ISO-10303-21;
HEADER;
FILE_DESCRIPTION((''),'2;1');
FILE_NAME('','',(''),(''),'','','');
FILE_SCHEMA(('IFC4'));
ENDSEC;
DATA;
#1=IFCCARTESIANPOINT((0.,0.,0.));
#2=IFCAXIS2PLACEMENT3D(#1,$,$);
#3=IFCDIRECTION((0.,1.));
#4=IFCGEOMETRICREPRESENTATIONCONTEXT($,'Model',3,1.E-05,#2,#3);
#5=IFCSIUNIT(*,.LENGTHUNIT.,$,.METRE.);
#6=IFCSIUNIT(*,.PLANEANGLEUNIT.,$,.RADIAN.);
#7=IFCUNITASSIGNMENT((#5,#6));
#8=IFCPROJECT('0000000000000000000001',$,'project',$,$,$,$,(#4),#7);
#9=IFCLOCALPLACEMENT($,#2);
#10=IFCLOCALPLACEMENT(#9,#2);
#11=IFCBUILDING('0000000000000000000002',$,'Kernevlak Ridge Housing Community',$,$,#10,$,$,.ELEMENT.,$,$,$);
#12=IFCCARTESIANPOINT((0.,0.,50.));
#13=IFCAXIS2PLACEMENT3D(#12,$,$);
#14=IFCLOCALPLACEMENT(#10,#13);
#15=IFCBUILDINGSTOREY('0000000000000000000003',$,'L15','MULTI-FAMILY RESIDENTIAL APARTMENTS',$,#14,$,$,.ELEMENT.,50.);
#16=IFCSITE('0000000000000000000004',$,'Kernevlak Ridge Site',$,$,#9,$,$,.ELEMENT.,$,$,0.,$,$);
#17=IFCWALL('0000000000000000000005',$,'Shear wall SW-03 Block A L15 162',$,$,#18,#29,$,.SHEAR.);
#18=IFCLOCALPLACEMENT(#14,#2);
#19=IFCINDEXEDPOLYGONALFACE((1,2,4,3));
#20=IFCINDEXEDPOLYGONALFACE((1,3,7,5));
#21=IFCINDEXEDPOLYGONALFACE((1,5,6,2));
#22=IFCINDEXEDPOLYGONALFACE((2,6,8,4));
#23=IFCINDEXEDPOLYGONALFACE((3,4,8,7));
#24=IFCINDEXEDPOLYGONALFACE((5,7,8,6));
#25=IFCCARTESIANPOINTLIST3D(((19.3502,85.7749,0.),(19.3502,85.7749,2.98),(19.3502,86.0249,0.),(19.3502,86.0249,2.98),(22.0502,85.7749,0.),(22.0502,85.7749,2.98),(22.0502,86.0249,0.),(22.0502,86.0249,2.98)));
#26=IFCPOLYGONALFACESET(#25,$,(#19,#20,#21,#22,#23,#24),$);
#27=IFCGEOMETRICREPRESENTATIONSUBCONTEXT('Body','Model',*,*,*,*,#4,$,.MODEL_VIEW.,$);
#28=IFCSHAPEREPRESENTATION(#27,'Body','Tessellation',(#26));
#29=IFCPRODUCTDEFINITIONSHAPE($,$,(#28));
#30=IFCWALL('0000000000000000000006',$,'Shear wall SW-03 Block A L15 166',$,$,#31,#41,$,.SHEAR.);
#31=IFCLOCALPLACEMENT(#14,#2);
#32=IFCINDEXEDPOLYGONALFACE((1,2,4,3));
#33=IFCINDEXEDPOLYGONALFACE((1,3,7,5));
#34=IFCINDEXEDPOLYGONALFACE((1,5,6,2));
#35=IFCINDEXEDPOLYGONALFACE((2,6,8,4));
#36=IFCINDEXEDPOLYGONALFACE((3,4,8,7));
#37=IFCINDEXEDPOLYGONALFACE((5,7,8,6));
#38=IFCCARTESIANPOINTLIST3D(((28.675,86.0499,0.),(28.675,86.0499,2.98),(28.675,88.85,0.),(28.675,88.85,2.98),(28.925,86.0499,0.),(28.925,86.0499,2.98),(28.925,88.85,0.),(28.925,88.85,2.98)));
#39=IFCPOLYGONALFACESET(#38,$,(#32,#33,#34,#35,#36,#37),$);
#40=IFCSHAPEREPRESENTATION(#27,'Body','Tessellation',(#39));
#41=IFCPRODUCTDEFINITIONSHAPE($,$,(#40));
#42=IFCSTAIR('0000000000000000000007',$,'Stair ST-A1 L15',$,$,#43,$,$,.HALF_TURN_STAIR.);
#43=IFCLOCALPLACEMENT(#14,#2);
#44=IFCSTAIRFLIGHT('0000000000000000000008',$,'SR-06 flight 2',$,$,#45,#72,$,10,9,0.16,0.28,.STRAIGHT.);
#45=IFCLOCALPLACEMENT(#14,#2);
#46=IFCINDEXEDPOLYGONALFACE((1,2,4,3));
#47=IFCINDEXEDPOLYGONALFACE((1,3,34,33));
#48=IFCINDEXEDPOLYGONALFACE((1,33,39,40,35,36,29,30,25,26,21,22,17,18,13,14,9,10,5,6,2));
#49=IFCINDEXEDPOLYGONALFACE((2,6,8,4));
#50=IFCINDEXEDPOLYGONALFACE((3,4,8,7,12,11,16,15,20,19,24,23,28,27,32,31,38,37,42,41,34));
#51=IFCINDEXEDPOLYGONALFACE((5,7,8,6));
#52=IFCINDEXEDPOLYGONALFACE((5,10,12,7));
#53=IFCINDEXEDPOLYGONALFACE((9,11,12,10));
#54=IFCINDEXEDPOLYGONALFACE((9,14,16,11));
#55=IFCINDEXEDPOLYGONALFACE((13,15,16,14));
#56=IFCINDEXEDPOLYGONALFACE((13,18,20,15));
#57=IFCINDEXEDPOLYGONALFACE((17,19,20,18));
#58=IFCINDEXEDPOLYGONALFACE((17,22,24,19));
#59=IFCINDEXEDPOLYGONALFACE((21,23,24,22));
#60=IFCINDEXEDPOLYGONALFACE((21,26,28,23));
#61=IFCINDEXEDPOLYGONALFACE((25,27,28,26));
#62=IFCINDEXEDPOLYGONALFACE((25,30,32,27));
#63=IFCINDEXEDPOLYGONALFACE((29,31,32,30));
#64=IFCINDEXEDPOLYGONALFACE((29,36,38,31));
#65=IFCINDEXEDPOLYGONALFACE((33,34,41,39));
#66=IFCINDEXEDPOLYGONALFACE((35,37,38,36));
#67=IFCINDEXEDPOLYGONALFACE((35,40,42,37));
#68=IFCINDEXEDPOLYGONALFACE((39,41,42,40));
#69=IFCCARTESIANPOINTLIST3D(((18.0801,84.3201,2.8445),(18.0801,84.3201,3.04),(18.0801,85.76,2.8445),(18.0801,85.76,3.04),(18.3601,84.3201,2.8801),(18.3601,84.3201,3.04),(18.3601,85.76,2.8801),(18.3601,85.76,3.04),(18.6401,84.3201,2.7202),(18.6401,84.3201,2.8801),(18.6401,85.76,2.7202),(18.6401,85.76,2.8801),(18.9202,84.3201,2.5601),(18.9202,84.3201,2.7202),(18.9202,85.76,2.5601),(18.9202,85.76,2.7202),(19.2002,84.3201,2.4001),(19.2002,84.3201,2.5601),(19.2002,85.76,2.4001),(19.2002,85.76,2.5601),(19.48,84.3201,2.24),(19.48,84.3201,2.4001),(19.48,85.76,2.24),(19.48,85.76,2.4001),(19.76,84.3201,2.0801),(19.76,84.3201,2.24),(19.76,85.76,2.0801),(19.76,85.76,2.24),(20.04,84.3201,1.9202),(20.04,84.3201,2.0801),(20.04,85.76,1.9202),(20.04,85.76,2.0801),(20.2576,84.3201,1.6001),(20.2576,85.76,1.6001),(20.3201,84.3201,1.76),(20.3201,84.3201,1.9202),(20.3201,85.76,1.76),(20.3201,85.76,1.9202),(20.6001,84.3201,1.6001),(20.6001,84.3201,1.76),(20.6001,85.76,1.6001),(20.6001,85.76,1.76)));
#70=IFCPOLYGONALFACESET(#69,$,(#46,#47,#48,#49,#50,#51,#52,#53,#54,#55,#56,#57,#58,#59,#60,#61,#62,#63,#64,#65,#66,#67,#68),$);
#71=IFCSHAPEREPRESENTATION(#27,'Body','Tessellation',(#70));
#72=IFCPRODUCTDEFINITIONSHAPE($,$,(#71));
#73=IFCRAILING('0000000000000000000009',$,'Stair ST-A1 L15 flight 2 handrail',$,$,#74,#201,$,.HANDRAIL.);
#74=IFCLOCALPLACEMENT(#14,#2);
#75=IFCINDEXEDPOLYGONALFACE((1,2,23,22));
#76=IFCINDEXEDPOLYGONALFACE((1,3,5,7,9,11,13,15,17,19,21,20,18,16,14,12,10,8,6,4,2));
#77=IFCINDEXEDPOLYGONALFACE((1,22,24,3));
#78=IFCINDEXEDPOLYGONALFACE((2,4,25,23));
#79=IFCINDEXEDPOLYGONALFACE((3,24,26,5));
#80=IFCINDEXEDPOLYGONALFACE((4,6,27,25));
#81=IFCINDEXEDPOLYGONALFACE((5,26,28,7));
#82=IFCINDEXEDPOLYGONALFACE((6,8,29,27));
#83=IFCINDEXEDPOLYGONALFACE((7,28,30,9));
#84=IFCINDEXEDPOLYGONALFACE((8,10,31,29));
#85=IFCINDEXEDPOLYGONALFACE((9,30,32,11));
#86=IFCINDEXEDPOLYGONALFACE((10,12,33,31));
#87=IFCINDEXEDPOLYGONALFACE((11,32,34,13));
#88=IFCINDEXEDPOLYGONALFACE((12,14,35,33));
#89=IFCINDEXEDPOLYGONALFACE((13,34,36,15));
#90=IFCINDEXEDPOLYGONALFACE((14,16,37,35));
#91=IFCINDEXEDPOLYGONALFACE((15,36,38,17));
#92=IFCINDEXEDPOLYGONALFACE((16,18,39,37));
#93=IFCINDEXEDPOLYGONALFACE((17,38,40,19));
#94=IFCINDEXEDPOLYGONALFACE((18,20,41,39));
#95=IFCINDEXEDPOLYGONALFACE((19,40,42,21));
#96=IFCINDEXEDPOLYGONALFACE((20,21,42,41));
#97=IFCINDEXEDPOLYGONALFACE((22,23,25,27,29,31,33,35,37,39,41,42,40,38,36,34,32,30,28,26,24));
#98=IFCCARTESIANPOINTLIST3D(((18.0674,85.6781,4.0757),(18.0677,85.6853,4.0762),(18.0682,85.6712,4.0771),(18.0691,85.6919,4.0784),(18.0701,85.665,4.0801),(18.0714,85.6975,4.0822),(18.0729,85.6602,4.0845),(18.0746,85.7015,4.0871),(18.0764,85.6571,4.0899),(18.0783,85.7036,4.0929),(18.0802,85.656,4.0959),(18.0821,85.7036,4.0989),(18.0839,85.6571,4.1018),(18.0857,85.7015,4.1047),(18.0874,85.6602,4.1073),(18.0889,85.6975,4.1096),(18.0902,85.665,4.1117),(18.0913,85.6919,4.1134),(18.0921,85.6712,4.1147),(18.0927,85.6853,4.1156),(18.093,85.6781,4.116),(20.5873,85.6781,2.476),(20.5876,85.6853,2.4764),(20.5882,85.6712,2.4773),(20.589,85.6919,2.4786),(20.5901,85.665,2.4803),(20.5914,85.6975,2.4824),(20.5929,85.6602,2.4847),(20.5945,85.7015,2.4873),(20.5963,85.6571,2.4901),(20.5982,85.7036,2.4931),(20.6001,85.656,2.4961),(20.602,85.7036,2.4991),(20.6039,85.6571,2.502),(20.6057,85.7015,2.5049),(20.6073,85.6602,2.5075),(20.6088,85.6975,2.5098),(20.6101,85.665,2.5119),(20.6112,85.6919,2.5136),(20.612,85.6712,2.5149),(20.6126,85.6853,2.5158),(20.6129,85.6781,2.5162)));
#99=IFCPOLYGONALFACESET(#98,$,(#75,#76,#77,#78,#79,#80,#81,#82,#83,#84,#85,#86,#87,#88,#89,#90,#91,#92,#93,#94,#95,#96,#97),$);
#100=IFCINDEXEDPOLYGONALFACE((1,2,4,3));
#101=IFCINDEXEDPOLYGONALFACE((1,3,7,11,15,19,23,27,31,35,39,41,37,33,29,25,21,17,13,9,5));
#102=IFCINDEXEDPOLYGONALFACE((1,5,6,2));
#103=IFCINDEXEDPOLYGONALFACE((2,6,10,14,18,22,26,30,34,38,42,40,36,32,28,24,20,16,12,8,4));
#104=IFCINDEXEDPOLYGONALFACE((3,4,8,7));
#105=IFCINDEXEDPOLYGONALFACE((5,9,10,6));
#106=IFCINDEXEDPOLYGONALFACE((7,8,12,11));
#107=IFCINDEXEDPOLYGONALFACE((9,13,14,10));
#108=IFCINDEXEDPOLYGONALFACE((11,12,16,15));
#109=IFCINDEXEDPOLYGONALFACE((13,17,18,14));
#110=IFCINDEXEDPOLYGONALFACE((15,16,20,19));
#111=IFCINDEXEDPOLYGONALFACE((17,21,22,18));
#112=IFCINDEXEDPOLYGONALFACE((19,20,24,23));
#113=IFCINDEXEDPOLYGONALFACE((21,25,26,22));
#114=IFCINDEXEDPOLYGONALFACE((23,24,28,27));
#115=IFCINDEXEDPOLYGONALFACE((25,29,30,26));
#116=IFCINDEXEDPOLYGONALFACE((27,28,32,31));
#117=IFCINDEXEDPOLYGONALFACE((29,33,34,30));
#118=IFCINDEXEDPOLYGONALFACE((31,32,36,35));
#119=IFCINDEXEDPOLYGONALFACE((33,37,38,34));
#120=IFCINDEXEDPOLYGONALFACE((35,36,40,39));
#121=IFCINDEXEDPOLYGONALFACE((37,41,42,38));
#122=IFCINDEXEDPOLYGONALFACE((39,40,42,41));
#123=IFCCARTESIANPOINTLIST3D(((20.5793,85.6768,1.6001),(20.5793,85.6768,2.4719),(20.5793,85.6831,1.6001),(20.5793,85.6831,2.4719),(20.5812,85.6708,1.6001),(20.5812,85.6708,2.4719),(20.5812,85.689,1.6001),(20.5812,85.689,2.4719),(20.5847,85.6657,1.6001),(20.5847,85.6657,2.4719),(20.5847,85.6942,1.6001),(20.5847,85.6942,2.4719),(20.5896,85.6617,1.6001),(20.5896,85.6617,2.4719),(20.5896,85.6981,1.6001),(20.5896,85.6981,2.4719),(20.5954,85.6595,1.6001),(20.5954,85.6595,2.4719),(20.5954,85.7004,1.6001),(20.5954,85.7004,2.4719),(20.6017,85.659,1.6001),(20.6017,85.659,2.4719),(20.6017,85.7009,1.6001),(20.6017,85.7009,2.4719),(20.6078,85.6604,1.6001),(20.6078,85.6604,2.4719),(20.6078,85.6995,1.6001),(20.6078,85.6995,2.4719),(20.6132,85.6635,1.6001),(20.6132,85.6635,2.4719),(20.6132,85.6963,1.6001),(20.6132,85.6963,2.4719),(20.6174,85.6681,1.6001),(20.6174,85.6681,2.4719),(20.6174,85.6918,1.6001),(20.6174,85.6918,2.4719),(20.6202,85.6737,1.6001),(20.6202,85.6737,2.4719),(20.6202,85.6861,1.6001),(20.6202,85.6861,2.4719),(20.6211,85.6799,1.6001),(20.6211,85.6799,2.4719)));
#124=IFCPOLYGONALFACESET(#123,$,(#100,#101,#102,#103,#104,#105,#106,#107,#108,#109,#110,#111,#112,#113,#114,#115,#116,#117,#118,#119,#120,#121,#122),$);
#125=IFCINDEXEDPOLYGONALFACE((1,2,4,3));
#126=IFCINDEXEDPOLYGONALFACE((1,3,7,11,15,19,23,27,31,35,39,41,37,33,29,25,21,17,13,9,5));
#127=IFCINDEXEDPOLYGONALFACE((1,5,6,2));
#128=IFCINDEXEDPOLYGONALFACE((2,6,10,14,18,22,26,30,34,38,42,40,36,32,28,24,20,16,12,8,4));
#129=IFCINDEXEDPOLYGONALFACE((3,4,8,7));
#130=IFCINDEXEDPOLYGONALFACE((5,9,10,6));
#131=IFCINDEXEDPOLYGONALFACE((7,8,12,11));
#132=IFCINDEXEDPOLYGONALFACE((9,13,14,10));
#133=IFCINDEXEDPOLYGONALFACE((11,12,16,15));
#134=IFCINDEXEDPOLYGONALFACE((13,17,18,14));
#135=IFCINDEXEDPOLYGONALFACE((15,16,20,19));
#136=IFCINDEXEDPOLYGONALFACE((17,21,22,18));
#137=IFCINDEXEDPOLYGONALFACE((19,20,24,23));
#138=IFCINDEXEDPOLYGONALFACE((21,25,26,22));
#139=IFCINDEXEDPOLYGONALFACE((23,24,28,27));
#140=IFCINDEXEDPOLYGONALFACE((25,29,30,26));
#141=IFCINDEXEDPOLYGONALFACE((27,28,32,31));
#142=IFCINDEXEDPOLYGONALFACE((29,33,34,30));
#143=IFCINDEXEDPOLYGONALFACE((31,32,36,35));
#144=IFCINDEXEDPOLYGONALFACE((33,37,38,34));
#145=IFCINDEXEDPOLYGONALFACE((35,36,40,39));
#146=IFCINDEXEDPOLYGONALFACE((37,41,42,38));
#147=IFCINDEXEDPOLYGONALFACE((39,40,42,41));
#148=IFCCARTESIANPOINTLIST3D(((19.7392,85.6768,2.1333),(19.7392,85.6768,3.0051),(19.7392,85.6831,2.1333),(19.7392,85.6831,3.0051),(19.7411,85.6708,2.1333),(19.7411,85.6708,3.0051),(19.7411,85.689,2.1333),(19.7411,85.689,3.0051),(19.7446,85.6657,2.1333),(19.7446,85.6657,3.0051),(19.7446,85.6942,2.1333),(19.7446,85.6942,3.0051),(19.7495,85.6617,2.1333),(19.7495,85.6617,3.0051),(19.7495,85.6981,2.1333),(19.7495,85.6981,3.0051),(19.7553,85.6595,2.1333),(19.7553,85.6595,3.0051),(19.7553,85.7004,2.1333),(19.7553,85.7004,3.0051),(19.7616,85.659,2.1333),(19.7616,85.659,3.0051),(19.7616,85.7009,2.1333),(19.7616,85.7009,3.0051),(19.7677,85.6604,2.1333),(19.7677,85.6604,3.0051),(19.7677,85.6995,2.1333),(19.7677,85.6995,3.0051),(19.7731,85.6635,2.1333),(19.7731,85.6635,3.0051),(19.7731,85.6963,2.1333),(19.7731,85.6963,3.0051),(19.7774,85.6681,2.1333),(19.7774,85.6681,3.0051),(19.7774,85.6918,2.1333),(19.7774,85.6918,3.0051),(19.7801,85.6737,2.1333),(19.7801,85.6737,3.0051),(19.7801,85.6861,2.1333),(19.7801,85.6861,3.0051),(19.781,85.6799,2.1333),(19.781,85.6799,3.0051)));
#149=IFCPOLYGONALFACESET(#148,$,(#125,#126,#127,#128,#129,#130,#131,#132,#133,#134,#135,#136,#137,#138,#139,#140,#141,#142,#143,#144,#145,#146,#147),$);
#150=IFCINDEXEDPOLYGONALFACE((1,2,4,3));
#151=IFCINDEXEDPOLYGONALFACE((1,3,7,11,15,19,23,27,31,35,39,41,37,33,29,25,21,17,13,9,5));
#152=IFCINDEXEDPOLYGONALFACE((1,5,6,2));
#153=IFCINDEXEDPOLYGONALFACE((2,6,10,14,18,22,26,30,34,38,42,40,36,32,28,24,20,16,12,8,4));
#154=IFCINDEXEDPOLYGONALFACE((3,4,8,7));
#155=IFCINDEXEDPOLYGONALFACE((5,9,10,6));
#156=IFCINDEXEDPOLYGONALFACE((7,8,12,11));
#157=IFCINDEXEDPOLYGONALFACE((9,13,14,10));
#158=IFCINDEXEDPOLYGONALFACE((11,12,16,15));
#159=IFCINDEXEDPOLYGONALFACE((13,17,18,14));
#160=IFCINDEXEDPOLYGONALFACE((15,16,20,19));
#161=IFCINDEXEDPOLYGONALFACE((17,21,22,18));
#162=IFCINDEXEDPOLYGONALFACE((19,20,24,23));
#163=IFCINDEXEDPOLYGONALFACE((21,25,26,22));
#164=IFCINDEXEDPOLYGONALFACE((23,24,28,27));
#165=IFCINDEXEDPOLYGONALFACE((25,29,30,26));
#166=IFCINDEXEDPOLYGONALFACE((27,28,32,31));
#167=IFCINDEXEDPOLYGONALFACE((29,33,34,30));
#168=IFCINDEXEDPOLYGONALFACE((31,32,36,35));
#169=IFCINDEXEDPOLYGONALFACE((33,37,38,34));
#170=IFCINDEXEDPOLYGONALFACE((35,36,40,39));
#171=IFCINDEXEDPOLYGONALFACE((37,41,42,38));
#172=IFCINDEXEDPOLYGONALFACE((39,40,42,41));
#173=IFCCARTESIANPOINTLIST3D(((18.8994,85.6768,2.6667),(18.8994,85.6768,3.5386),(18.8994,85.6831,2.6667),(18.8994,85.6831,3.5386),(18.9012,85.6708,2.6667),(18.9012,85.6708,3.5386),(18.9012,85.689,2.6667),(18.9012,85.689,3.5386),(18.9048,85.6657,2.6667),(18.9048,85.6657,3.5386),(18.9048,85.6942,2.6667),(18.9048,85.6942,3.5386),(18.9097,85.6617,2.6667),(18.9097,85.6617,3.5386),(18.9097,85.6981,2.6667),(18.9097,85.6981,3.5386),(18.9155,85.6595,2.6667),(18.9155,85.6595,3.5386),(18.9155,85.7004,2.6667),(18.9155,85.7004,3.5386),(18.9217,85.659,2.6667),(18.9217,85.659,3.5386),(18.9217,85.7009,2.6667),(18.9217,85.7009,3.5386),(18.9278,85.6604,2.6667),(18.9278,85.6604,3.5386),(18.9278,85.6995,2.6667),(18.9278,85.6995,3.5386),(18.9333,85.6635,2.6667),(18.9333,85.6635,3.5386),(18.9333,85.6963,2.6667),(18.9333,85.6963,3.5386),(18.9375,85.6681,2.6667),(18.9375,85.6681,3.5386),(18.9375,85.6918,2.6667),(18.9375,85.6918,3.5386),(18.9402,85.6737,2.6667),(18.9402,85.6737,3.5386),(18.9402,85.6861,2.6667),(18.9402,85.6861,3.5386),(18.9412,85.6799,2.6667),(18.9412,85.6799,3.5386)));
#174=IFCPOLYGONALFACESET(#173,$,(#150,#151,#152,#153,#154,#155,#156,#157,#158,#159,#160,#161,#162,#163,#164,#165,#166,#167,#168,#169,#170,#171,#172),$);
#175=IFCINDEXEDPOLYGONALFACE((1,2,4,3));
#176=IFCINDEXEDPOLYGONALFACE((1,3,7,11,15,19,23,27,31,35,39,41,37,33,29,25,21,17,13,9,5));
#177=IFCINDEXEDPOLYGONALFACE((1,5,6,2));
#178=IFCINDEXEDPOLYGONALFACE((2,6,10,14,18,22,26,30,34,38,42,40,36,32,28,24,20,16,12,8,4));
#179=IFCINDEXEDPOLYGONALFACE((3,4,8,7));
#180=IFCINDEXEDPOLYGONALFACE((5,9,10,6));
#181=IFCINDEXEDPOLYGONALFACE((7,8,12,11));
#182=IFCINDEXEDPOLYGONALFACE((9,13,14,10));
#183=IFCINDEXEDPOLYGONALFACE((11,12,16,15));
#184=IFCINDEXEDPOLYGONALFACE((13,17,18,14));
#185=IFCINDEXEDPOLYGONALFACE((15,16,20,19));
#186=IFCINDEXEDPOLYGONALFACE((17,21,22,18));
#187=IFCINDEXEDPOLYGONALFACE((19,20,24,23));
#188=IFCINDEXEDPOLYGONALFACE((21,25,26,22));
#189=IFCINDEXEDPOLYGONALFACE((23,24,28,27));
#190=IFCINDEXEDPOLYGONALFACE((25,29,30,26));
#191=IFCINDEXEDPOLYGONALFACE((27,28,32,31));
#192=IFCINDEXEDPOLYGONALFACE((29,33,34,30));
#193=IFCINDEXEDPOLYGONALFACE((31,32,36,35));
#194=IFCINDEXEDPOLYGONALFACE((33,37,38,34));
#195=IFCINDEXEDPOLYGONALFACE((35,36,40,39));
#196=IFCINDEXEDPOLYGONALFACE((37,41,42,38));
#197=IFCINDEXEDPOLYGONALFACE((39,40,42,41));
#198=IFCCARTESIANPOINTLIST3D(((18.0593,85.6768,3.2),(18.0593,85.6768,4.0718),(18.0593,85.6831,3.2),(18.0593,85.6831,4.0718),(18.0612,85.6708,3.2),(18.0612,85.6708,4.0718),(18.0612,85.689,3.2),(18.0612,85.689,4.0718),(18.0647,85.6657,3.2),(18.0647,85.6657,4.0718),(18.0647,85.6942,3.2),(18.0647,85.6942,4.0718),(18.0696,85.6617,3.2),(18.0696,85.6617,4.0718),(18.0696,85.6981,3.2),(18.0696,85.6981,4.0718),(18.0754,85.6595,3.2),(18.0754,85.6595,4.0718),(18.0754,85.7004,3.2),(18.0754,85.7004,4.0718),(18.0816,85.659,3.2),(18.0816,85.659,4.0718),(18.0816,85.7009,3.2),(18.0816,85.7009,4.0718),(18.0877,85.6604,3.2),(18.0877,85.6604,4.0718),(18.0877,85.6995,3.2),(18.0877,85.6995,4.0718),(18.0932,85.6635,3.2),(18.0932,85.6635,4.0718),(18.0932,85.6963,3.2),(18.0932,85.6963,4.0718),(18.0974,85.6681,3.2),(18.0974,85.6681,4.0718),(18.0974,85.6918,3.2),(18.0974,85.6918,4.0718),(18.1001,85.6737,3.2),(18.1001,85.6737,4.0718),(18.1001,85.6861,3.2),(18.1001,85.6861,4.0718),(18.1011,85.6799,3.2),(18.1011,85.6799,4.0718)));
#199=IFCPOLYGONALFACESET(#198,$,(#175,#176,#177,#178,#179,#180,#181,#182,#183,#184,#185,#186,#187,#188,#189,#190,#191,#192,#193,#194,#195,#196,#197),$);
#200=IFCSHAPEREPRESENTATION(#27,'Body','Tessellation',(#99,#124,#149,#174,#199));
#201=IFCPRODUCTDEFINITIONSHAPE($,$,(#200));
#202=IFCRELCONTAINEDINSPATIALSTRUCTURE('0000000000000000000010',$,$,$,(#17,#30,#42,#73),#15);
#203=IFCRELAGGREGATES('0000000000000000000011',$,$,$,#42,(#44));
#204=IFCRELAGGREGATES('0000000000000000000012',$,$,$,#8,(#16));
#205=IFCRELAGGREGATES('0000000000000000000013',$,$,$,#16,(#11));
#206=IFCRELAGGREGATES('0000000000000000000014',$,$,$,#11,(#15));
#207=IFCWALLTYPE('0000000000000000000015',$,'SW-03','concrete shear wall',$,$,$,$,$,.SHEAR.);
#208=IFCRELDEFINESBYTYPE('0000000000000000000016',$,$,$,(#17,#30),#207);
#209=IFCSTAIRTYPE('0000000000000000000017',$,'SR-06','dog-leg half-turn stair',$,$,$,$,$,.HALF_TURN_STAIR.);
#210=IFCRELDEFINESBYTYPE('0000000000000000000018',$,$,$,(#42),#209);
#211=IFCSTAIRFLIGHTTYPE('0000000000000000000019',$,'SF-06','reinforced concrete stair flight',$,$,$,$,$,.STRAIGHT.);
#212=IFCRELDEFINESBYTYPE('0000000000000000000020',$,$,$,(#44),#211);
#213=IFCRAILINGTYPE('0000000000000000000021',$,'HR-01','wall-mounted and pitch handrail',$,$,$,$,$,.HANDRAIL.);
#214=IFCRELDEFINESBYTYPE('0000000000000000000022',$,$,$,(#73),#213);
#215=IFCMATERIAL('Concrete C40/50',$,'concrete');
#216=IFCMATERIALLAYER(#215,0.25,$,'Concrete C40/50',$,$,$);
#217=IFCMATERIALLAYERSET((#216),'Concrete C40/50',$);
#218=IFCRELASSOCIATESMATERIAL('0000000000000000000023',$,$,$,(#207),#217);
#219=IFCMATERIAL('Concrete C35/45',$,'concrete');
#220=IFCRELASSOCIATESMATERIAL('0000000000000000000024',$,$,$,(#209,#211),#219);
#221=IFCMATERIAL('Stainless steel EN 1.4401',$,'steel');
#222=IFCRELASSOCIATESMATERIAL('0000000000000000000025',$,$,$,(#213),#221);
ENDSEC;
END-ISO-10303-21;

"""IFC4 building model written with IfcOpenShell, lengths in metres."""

from ifc_helpers import new_model, si_unit, direction, frame, frame_2d, origin, origin_2d, place, context, subcontext, project, spatial, polyline, rectangle, circle, outline, extrude, material, layer, layer_set, type_object, element, aggregate, save


model = new_model("IFC4")

# Units and contexts
model_context = context("Model", 3, precision=1e-05, world=origin(), true_north=direction((0.0, 1.0)))
body_context = subcontext(model_context, "Body", "Model", "MODEL_VIEW")
ifc_project = project(units=[si_unit("LENGTHUNIT", "METRE"), si_unit("PLANEANGLEUNIT", "RADIAN")], contexts=[model_context])

# Site, building, storey
site_placement = place(None, origin())
site = spatial("IfcSite", under=ifc_project, at=site_placement, Name="Kernevlak Ridge Site", CompositionType="ELEMENT", RefElevation=0.0)
building_placement = place(site_placement, origin())
building = spatial("IfcBuilding", under=site, at=building_placement, Name="Kernevlak Ridge Housing Community", CompositionType="ELEMENT")
storey_placement = place(building_placement, frame((0.0, 0.0, 50.0)))
storey = spatial("IfcBuildingStorey", under=building, at=storey_placement, Name="L15", Description="MULTI-FAMILY RESIDENTIAL APARTMENTS", CompositionType="ELEMENT", Elevation=50.0)

# Shared definitions
ifc_material_1 = material(Name="Concrete C35/45", Category="concrete")

# Walls
ifc_material_2 = material(Name="Concrete C40/50", Category="concrete")
ifc_layer_1 = layer(ifc_material_2, 0.25, Name="Concrete C40/50")
ifc_layer_set_1 = layer_set([ifc_layer_1], Name="Concrete C40/50")
wall_type_1 = type_object("IfcWallType", Name="SW-03", Description="concrete shear wall", PredefinedType="SHEAR", material=ifc_layer_set_1)
wall_1_placement = place(storey_placement, frame((19.3501, 85.8999, 0.0), z_axis=(0.0, 0.0, 1.0), x_axis=(1.0, 0.0, 0.0)))
element("IfcWall", 1, at=wall_1_placement, inside=storey, type_object=wall_type_1, Name="Shear wall SW-03 Block A L15 162", PredefinedType="SHEAR", context=body_context, shape_type="SweptSolid", body=[
    extrude(rectangle(XDim=2.7, YDim=0.25, at=frame_2d((1.3501, 0.0))), origin(), (0.0, 0.0, 1.0), 2.98),
])
wall_2_placement = place(storey_placement, frame((28.8, 86.05, 0.0), z_axis=(0.0, 0.0, 1.0), x_axis=(0.0, 1.0, 0.0)))
element("IfcWall", 2, at=wall_2_placement, inside=storey, type_object=wall_type_1, Name="Shear wall SW-03 Block A L15 166", PredefinedType="SHEAR", context=body_context, shape_type="SweptSolid", body=[
    extrude(rectangle(XDim=2.8, YDim=0.25, at=frame_2d((1.3999, 0.0))), origin(), (0.0, 0.0, 1.0), 2.98),
])

# Stair, stair flight
stair_type = type_object("IfcStairType", Name="SR-06", Description="dog-leg half-turn stair", PredefinedType="HALF_TURN_STAIR", material=ifc_material_1)
stair_placement = place(storey_placement, origin())
stair = element("IfcStair", 3, at=stair_placement, inside=storey, type_object=stair_type, Name="Stair ST-A1 L15", PredefinedType="HALF_TURN_STAIR")
stair_flight_type = type_object("IfcStairFlightType", Name="SF-06", Description="reinforced concrete stair flight", PredefinedType="STRAIGHT", material=ifc_material_1)
stair_flight_placement = place(storey_placement, frame((20.6001, 85.04, 1.6001), z_axis=(0.0, 0.0, 1.0), x_axis=(-1.0, 0.0, 0.0)))
stair_flight = element("IfcStairFlight", 4, at=stair_flight_placement, type_object=stair_flight_type, Name="SR-06 flight 2", NumberOfRisers=10, NumberOfTreads=9, PredefinedType="STRAIGHT", RiserHeight=0.16, TreadLength=0.28, context=body_context, shape_type="SweptSolid", body=[
    extrude(outline(polyline([(0.0, 0.0), (0.0, 0.1599), (0.28, 0.1599), (0.28, 0.3201), (0.5601, 0.3201), (0.5601, 0.48), (0.8401, 0.48), (0.8401, 0.6399), (1.1201, 0.6399), (1.1201, 0.8), (1.3999, 0.8), (1.3999, 0.96), (1.6799, 0.96), (1.6799, 1.1201), (1.96, 1.1201), (1.96, 1.28), (2.24, 1.28), (2.24, 1.4399), (2.52, 1.4399), (2.52, 1.6001), (2.52, 1.2444), (0.3425, 0.0), (0.0, 0.0)])), frame((0.0, 0.72, 0.0), z_axis=(0.0, -1.0, 0.0), x_axis=(1.0, 0.0, 0.0)), (0.0, 0.0, 1.0), 1.4399),
])
aggregate(stair, [stair_flight])

# Railing
ifc_material_3 = material(Name="Stainless steel EN 1.4401", Category="steel")
railing_type = type_object("IfcRailingType", Name="HR-01", Description="wall-mounted and pitch handrail", PredefinedType="HANDRAIL", material=ifc_material_3)
railing_placement = place(storey_placement, frame((20.6001, 85.6799, 1.6001)))
element("IfcRailing", 5, at=railing_placement, inside=storey, type_object=railing_type, Name="Stair ST-A1 L15 flight 2 handrail", PredefinedType="HANDRAIL", context=body_context, shape_type="SweptSolid", body=[
    extrude(circle(Radius=0.0239, at=origin_2d()), frame((0.0, 0.0, 0.896), z_axis=(-0.844237, 0.0, 0.53597), x_axis=(0.0, -1.0, 0.0)), (0.0, 0.0, 1.0), 2.9849),
    extrude(circle(Radius=0.021, at=origin_2d()), origin(), (0.0, 0.0, 1.0), 0.8718),
    extrude(circle(Radius=0.021, at=origin_2d()), frame((-0.8401, 0.0, 0.5332)), (0.0, 0.0, 1.0), 0.8718),
    extrude(circle(Radius=0.021, at=origin_2d()), frame((-1.6799, 0.0, 1.0667)), (0.0, 0.0, 1.0), 0.8718),
    extrude(circle(Radius=0.021, at=origin_2d()), frame((-2.52, 0.0, 1.5999)), (0.0, 0.0, 1.0), 0.8718),
])

save(model, "model.ifc")
